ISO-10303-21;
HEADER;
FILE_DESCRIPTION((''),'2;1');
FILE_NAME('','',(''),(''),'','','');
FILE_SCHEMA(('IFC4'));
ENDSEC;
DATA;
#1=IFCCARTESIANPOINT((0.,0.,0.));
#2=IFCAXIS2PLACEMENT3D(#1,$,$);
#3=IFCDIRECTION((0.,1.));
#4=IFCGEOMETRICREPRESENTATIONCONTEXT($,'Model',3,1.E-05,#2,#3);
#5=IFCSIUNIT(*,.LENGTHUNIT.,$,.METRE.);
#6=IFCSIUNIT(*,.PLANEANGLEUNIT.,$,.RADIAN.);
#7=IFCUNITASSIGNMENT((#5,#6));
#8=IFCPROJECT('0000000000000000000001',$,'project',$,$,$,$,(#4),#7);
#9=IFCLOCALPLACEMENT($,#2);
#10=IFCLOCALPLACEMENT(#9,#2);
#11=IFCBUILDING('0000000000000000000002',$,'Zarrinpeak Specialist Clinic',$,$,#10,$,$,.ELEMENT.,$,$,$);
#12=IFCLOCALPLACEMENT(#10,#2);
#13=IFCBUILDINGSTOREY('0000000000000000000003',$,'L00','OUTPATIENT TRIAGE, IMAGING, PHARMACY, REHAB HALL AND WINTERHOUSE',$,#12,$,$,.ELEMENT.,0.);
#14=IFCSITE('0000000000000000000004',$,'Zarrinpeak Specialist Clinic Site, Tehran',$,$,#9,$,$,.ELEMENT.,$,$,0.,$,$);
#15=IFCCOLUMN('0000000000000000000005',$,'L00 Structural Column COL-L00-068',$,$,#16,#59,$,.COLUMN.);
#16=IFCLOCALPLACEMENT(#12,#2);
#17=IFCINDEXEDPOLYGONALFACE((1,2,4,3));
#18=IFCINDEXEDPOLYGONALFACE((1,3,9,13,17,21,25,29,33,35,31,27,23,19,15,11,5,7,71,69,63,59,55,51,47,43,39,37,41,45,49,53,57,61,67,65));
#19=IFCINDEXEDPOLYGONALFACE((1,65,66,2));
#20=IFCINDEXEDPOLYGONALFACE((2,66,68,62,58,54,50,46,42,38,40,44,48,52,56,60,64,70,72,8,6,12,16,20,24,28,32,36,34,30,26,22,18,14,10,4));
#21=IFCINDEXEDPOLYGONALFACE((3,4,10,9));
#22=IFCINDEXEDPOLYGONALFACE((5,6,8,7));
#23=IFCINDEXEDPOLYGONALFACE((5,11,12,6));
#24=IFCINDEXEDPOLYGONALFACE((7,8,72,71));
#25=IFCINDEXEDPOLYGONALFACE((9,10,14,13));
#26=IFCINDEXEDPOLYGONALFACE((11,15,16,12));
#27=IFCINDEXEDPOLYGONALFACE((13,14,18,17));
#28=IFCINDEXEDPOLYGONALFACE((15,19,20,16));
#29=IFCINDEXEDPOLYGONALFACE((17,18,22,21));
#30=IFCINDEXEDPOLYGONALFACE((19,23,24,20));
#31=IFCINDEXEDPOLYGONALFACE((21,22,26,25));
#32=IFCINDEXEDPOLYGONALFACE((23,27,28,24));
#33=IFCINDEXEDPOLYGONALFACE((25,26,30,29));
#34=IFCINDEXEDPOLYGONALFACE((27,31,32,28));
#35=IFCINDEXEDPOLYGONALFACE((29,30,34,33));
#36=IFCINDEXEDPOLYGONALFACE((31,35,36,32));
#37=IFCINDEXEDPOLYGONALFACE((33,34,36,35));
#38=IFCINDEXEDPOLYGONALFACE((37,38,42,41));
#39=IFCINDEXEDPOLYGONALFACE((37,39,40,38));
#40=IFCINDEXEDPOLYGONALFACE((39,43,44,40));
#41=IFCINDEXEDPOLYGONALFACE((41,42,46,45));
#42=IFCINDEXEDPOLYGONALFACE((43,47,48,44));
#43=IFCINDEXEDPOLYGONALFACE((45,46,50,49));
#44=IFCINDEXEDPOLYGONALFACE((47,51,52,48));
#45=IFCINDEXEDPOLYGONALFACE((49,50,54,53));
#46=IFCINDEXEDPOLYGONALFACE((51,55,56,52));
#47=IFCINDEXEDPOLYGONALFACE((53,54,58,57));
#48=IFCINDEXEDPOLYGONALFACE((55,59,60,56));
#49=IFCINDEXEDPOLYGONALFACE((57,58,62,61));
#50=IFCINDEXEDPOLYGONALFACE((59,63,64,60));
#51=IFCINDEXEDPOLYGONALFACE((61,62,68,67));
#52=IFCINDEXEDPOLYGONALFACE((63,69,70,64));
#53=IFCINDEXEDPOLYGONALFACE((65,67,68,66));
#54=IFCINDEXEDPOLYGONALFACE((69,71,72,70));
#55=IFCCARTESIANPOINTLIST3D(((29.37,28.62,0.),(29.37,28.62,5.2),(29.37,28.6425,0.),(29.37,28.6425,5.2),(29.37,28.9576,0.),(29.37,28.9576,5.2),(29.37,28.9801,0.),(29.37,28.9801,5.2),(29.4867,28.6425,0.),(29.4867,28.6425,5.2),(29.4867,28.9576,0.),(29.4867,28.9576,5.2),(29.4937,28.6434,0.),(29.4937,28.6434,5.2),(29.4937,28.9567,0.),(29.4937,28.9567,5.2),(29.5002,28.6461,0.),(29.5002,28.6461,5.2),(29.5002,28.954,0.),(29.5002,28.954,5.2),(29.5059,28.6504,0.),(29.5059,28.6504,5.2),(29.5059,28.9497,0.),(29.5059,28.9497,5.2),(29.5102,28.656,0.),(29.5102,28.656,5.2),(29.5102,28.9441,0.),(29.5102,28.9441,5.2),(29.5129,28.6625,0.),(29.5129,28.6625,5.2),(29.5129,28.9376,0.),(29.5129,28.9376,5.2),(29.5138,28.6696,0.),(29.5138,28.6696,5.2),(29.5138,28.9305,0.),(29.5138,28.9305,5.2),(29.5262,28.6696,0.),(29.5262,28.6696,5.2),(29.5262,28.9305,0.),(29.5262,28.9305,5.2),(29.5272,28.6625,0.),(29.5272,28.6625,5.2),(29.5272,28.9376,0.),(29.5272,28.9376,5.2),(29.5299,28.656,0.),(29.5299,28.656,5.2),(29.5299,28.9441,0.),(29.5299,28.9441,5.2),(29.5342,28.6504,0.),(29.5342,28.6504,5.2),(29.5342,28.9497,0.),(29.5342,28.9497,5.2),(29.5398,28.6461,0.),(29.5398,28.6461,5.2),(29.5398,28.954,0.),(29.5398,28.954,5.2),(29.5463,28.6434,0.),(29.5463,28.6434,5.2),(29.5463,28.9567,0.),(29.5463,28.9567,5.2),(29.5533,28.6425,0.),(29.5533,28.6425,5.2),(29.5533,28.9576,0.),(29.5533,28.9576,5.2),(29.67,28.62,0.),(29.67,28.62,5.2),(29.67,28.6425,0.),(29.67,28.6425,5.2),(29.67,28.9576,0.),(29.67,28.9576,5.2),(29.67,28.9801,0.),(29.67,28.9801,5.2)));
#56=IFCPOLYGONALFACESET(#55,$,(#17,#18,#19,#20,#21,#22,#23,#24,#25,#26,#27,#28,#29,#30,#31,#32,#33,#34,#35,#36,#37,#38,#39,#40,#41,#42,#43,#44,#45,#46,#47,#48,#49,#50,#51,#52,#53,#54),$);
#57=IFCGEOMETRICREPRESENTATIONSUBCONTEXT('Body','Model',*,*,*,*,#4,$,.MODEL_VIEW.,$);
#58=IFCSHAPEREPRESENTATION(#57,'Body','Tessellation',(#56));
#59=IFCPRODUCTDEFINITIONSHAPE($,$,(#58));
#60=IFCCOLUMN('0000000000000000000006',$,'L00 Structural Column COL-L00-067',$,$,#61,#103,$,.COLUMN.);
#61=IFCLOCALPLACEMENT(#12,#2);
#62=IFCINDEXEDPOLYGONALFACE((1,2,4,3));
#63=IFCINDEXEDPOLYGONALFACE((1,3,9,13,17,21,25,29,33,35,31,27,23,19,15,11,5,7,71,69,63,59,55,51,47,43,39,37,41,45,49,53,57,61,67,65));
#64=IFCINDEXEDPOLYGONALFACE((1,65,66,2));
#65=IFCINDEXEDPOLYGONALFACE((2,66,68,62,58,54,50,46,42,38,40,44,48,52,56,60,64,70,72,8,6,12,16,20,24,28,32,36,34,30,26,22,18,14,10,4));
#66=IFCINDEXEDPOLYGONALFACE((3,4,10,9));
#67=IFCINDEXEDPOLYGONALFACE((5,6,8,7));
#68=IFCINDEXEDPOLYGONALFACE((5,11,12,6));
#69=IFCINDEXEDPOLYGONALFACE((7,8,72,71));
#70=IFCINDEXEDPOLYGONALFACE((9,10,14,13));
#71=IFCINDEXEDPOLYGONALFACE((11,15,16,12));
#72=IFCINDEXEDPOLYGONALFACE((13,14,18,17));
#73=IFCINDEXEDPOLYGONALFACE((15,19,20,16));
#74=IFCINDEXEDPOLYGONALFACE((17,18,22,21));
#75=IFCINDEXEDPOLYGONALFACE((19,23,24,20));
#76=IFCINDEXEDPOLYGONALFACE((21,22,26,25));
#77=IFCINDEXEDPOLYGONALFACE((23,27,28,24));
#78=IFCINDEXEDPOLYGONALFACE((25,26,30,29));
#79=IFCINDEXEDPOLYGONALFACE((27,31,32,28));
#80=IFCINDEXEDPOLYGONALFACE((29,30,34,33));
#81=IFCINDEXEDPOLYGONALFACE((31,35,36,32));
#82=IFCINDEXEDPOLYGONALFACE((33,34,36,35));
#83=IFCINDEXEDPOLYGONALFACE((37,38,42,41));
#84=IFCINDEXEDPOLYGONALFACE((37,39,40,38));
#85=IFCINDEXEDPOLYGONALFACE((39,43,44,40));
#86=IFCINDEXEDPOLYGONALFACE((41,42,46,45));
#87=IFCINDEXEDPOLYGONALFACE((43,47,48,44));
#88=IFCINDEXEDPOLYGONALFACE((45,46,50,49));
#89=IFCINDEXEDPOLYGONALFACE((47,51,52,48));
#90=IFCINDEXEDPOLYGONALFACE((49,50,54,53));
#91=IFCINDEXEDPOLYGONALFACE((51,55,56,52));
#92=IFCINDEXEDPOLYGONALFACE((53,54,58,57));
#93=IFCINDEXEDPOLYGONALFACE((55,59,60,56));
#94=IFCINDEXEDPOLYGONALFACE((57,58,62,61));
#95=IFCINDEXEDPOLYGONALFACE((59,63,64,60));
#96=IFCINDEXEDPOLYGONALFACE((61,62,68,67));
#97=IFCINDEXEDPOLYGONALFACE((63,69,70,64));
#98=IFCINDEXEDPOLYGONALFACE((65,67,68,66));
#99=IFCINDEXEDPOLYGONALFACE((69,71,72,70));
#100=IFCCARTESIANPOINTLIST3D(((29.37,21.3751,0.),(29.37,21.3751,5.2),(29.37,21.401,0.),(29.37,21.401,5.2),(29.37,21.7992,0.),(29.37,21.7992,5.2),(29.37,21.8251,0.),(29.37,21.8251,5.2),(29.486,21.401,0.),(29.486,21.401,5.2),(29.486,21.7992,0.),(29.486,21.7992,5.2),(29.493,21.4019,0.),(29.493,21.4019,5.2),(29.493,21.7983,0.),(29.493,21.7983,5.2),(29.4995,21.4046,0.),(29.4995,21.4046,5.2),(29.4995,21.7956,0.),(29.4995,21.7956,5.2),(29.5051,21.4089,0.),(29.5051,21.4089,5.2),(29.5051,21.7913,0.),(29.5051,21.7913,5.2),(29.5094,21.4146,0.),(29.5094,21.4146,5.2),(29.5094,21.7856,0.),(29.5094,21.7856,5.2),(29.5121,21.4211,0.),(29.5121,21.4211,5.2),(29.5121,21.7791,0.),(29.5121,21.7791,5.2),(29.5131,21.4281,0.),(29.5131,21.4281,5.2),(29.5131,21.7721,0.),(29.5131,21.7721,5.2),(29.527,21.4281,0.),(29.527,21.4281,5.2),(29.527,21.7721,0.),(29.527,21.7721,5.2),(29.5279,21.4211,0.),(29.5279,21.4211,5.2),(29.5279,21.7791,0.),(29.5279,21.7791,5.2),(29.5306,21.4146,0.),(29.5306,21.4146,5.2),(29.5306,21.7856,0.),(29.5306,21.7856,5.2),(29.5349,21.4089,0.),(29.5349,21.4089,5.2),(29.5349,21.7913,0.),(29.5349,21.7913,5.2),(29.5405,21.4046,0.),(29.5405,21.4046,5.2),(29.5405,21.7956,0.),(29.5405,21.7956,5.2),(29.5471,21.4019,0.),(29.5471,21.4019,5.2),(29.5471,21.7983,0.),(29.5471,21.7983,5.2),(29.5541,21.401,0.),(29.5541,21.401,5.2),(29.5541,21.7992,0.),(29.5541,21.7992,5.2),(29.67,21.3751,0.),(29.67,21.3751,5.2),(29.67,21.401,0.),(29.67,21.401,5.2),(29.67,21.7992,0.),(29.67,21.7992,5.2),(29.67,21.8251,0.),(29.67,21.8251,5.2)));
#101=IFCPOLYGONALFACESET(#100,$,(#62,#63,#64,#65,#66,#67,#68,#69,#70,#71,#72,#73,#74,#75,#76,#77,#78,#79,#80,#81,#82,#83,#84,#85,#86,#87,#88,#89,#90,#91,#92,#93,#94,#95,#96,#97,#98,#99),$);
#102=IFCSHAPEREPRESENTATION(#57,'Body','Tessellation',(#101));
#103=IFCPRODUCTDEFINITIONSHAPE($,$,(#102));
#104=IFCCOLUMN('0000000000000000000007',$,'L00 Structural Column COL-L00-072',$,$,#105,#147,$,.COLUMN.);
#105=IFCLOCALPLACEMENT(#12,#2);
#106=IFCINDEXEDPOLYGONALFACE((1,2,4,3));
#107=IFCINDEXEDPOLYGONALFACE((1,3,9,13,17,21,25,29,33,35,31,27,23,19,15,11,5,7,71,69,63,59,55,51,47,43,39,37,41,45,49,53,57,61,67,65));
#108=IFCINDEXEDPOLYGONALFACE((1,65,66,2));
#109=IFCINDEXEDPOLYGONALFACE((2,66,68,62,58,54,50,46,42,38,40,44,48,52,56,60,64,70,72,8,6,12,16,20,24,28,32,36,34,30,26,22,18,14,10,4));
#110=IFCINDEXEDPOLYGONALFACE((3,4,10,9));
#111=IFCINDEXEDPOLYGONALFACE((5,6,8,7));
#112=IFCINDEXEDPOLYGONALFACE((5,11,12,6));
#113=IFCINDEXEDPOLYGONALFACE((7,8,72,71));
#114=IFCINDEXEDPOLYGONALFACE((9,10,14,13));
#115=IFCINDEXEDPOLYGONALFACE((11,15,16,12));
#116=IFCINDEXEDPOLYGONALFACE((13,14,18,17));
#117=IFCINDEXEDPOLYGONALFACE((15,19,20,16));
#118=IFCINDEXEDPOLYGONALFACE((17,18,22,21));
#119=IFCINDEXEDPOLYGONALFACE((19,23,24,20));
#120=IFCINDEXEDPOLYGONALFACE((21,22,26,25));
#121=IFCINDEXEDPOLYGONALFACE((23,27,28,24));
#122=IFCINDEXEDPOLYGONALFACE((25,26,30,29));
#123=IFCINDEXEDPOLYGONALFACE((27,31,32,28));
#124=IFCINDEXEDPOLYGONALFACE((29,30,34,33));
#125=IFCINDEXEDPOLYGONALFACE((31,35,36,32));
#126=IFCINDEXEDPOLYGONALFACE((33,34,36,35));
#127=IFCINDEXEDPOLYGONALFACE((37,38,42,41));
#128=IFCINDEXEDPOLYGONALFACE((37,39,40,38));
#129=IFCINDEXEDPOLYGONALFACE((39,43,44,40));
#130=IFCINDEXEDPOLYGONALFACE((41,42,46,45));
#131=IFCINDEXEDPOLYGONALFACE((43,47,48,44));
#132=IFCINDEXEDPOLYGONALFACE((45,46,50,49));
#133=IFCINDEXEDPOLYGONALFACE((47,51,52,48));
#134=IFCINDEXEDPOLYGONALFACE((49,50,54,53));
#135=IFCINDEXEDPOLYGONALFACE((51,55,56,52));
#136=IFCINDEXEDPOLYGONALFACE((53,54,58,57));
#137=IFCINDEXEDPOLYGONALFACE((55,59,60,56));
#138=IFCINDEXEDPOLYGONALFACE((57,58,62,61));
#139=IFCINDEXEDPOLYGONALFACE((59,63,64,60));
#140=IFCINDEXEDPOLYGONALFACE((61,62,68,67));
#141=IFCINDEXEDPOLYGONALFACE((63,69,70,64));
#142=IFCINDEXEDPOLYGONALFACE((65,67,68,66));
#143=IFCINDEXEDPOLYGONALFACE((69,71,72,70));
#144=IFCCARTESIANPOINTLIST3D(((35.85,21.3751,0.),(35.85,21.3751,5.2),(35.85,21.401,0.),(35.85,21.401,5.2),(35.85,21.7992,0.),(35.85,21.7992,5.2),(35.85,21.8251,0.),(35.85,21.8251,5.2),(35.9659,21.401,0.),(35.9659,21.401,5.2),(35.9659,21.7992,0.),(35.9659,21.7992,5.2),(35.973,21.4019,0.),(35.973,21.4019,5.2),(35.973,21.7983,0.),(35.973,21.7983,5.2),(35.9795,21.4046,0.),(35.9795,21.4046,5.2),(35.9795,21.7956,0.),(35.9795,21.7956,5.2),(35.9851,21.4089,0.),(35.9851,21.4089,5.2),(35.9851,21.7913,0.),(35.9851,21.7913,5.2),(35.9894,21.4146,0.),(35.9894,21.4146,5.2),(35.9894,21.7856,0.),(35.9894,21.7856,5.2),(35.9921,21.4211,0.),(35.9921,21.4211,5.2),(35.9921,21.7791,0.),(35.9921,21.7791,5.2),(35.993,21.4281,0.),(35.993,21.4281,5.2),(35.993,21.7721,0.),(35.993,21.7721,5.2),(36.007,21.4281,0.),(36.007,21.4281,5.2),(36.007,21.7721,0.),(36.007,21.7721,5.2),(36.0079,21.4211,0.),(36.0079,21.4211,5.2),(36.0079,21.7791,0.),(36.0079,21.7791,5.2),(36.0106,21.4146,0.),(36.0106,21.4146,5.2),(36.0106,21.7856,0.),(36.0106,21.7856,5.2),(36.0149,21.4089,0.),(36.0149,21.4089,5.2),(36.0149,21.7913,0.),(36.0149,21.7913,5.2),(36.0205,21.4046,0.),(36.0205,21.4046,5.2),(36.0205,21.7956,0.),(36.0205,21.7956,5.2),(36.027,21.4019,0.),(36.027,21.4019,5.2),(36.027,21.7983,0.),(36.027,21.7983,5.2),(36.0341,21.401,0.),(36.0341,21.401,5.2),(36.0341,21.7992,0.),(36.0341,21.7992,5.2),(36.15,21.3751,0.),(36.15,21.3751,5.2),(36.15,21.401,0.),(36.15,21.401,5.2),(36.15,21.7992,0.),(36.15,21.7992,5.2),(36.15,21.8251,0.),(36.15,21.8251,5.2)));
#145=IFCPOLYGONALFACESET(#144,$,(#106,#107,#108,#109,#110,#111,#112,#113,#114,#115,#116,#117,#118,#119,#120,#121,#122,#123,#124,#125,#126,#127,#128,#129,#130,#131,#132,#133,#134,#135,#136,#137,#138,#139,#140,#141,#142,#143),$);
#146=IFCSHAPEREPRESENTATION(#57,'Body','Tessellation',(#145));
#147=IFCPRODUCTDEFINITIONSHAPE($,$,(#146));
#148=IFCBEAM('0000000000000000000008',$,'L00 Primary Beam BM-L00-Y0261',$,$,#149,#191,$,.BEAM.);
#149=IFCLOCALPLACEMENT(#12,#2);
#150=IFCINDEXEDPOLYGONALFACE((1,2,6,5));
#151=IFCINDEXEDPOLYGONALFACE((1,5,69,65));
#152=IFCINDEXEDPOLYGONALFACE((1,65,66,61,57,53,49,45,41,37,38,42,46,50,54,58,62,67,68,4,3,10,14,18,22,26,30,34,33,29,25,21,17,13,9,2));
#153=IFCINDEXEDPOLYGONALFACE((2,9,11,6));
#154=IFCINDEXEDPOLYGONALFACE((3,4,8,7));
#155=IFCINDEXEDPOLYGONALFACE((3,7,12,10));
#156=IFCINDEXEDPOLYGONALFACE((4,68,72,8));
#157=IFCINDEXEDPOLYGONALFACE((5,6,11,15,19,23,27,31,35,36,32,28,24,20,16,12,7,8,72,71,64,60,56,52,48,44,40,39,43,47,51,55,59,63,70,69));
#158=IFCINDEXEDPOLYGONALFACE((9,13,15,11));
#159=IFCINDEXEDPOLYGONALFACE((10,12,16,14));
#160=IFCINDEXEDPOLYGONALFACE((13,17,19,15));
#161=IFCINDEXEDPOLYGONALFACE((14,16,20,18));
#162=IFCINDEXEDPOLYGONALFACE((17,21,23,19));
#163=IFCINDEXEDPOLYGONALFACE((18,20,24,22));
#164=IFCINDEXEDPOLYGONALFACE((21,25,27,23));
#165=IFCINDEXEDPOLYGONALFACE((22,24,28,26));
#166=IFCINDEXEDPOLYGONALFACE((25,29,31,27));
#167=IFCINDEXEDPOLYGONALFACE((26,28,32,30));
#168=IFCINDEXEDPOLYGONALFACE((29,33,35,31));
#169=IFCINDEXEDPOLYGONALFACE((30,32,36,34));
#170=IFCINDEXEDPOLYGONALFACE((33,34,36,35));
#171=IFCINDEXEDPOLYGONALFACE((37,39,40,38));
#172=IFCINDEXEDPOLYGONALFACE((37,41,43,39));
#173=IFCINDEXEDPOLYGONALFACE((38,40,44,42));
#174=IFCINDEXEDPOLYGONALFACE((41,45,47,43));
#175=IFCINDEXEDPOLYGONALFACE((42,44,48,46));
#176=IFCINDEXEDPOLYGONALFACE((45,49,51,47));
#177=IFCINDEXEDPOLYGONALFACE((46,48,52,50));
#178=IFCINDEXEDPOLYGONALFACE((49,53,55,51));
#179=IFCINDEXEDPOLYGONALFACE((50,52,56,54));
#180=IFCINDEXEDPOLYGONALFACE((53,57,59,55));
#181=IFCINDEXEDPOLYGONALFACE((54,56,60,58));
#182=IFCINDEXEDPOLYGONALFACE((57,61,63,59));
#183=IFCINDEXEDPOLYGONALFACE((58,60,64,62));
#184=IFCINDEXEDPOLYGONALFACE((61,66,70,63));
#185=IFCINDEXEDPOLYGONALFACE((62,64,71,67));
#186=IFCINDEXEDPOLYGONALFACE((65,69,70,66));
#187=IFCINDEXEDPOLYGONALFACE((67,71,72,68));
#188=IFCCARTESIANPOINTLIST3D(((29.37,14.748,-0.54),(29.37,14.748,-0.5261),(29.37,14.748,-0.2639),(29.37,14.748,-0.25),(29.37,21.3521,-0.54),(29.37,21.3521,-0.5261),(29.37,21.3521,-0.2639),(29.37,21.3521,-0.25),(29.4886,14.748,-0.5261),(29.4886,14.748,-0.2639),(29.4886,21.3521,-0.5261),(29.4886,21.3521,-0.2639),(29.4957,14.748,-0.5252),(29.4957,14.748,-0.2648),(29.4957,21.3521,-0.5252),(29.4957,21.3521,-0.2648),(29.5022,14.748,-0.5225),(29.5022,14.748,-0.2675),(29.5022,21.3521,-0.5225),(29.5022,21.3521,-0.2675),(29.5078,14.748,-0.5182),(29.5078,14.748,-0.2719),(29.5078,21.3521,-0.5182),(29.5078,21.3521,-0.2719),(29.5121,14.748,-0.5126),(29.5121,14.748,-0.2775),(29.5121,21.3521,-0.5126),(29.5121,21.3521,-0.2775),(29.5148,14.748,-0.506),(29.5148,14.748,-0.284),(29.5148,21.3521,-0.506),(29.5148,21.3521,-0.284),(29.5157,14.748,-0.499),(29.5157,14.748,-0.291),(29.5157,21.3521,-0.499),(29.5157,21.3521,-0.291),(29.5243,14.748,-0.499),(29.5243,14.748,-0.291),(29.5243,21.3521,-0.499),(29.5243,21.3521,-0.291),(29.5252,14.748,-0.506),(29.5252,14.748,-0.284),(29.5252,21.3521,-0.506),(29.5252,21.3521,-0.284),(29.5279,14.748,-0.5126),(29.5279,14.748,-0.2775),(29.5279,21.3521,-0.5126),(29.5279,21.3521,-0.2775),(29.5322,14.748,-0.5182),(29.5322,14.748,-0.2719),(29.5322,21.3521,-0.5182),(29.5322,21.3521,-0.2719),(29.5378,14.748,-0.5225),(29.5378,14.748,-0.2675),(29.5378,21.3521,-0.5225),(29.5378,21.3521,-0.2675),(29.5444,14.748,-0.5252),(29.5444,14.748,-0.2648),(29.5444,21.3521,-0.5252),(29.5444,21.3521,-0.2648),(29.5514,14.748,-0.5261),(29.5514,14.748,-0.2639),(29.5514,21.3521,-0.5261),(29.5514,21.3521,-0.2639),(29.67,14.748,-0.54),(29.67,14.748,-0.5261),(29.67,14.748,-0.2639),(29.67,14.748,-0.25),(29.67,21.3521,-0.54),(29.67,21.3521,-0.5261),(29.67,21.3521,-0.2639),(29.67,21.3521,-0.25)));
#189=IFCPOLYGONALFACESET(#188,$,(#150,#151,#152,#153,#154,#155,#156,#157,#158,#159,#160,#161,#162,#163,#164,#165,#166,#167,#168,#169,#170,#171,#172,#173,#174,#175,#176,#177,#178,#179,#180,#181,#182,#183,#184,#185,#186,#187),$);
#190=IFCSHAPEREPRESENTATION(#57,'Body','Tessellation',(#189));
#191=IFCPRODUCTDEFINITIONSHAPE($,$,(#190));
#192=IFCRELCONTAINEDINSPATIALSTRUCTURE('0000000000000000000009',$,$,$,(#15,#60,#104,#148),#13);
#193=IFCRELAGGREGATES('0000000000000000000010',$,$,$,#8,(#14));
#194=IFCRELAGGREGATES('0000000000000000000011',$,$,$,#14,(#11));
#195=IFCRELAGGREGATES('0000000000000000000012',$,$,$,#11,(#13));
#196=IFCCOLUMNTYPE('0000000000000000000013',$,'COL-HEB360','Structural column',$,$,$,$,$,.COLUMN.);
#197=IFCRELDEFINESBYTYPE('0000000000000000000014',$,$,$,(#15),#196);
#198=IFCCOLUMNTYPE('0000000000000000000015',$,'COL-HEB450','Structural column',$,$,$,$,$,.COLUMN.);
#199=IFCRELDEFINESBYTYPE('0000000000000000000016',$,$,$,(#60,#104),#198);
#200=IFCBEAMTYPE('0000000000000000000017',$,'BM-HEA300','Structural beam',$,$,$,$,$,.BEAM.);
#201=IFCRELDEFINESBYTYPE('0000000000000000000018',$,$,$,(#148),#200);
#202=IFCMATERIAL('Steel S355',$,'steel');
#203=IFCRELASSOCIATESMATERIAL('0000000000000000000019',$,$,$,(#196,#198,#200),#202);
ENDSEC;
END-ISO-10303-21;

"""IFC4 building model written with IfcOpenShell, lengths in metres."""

from ifc_helpers import new_model, si_unit, direction, frame, origin, origin_2d, place, context, subcontext, project, spatial, i_section, extrude, material, material_profile, profile_set, type_object, element, save


model = new_model("IFC4")

# Units and contexts
model_context = context("Model", 3, precision=1e-05, world=origin(), true_north=direction((0.0, 1.0)))
body_context = subcontext(model_context, "Body", "Model", "MODEL_VIEW")
ifc_project = project(units=[si_unit("LENGTHUNIT", "METRE"), si_unit("PLANEANGLEUNIT", "RADIAN")], contexts=[model_context])

# Site, building, storey
site_placement = place(None, origin())
site = spatial("IfcSite", under=ifc_project, at=site_placement, Name="Zarrinpeak Specialist Clinic Site, Tehran", CompositionType="ELEMENT", RefElevation=0.0)
building_placement = place(site_placement, origin())
building = spatial("IfcBuilding", under=site, at=building_placement, Name="Zarrinpeak Specialist Clinic", CompositionType="ELEMENT")
storey_placement = place(building_placement, origin())
storey = spatial("IfcBuildingStorey", under=building, at=storey_placement, Name="L00", Description="OUTPATIENT TRIAGE, IMAGING, PHARMACY, REHAB HALL AND WINTERHOUSE", CompositionType="ELEMENT", Elevation=0.0)

# Columns
ifc_material_1 = material(Name="Steel S355", Category="steel")
ifc_material_profile_1 = material_profile(ifc_material_1, i_section(OverallWidth=0.3, OverallDepth=0.3601, WebThickness=0.0125, FlangeThickness=0.0225, FilletRadius=0.0271, at=origin_2d()), Name="HEB 360")
ifc_profile_set_1 = profile_set([ifc_material_profile_1], Name="Steel S355")
column_type_1 = type_object("IfcColumnType", Name="COL-HEB360", Description="Structural column", PredefinedType="COLUMN", material=ifc_profile_set_1)
column_placement = place(storey_placement, frame((29.52, 28.8, 0.0), z_axis=(0.0, 0.0, 1.0), x_axis=(1.0, 0.0, 0.0)))
element("IfcColumn", 1, at=column_placement, inside=storey, type_object=column_type_1, Name="L00 Structural Column COL-L00-068", PredefinedType="COLUMN", context=body_context, shape_type="SweptSolid", body=[
    extrude(i_section(OverallWidth=0.3, OverallDepth=0.3601, WebThickness=0.0125, FlangeThickness=0.0225, FilletRadius=0.0271, at=origin_2d()), origin(), (0.0, 0.0, 1.0), 5.2),
])
ifc_material_profile_2 = material_profile(ifc_material_1, i_section(OverallWidth=0.3, OverallDepth=0.45, WebThickness=0.0139, FlangeThickness=0.0259, FilletRadius=0.0271, at=origin_2d()), Name="HEB 450")
ifc_profile_set_2 = profile_set([ifc_material_profile_2], Name="Steel S355")
column_type_2 = type_object("IfcColumnType", Name="COL-HEB450", Description="Structural column", PredefinedType="COLUMN", material=ifc_profile_set_2)
for number, where, z_axis, x_axis, name in (
    (2, (29.52, 21.6001, 0.0), (0.0, 0.0, 1.0), (1.0, 0.0, 0.0), "L00 Structural Column COL-L00-067"),
    (3, (36.0, 21.6001, 0.0), (0.0, 0.0, 1.0), (1.0, 0.0, 0.0), "L00 Structural Column COL-L00-072"),
):
    element("IfcColumn", number, at=place(storey_placement, frame(where, z_axis=z_axis, x_axis=x_axis)), inside=storey, type_object=column_type_2, Name=name, PredefinedType="COLUMN", context=body_context, shape_type="SweptSolid", body=[
        extrude(i_section(OverallWidth=0.3, OverallDepth=0.45, WebThickness=0.0139, FlangeThickness=0.0259, FilletRadius=0.0271, at=origin_2d()), origin(), (0.0, 0.0, 1.0), 5.2),
    ])

# Beam
ifc_material_profile_3 = material_profile(ifc_material_1, i_section(OverallWidth=0.3, OverallDepth=0.29, WebThickness=0.0085, FlangeThickness=0.0139, FilletRadius=0.0271, at=origin_2d()), Name="HEA 300")
ifc_profile_set_3 = profile_set([ifc_material_profile_3], Name="Steel S355")
beam_type_1 = type_object("IfcBeamType", Name="BM-HEA300", Description="Structural beam", PredefinedType="BEAM", material=ifc_profile_set_3)
beam_1_placement = place(storey_placement, frame((29.52, 14.748, -0.395), z_axis=(0.0, 1.0, 0.0), x_axis=(-1.0, 0.0, 0.0)))
element("IfcBeam", 4, at=beam_1_placement, inside=storey, type_object=beam_type_1, Name="L00 Primary Beam BM-L00-Y0261", PredefinedType="BEAM", context=body_context, shape_type="SweptSolid", body=[
    extrude(i_section(OverallWidth=0.3, OverallDepth=0.29, WebThickness=0.0085, FlangeThickness=0.0139, FilletRadius=0.0271, at=origin_2d()), origin(), (0.0, 0.0, 1.0), 6.604),
])

save(model, "model.ifc")
